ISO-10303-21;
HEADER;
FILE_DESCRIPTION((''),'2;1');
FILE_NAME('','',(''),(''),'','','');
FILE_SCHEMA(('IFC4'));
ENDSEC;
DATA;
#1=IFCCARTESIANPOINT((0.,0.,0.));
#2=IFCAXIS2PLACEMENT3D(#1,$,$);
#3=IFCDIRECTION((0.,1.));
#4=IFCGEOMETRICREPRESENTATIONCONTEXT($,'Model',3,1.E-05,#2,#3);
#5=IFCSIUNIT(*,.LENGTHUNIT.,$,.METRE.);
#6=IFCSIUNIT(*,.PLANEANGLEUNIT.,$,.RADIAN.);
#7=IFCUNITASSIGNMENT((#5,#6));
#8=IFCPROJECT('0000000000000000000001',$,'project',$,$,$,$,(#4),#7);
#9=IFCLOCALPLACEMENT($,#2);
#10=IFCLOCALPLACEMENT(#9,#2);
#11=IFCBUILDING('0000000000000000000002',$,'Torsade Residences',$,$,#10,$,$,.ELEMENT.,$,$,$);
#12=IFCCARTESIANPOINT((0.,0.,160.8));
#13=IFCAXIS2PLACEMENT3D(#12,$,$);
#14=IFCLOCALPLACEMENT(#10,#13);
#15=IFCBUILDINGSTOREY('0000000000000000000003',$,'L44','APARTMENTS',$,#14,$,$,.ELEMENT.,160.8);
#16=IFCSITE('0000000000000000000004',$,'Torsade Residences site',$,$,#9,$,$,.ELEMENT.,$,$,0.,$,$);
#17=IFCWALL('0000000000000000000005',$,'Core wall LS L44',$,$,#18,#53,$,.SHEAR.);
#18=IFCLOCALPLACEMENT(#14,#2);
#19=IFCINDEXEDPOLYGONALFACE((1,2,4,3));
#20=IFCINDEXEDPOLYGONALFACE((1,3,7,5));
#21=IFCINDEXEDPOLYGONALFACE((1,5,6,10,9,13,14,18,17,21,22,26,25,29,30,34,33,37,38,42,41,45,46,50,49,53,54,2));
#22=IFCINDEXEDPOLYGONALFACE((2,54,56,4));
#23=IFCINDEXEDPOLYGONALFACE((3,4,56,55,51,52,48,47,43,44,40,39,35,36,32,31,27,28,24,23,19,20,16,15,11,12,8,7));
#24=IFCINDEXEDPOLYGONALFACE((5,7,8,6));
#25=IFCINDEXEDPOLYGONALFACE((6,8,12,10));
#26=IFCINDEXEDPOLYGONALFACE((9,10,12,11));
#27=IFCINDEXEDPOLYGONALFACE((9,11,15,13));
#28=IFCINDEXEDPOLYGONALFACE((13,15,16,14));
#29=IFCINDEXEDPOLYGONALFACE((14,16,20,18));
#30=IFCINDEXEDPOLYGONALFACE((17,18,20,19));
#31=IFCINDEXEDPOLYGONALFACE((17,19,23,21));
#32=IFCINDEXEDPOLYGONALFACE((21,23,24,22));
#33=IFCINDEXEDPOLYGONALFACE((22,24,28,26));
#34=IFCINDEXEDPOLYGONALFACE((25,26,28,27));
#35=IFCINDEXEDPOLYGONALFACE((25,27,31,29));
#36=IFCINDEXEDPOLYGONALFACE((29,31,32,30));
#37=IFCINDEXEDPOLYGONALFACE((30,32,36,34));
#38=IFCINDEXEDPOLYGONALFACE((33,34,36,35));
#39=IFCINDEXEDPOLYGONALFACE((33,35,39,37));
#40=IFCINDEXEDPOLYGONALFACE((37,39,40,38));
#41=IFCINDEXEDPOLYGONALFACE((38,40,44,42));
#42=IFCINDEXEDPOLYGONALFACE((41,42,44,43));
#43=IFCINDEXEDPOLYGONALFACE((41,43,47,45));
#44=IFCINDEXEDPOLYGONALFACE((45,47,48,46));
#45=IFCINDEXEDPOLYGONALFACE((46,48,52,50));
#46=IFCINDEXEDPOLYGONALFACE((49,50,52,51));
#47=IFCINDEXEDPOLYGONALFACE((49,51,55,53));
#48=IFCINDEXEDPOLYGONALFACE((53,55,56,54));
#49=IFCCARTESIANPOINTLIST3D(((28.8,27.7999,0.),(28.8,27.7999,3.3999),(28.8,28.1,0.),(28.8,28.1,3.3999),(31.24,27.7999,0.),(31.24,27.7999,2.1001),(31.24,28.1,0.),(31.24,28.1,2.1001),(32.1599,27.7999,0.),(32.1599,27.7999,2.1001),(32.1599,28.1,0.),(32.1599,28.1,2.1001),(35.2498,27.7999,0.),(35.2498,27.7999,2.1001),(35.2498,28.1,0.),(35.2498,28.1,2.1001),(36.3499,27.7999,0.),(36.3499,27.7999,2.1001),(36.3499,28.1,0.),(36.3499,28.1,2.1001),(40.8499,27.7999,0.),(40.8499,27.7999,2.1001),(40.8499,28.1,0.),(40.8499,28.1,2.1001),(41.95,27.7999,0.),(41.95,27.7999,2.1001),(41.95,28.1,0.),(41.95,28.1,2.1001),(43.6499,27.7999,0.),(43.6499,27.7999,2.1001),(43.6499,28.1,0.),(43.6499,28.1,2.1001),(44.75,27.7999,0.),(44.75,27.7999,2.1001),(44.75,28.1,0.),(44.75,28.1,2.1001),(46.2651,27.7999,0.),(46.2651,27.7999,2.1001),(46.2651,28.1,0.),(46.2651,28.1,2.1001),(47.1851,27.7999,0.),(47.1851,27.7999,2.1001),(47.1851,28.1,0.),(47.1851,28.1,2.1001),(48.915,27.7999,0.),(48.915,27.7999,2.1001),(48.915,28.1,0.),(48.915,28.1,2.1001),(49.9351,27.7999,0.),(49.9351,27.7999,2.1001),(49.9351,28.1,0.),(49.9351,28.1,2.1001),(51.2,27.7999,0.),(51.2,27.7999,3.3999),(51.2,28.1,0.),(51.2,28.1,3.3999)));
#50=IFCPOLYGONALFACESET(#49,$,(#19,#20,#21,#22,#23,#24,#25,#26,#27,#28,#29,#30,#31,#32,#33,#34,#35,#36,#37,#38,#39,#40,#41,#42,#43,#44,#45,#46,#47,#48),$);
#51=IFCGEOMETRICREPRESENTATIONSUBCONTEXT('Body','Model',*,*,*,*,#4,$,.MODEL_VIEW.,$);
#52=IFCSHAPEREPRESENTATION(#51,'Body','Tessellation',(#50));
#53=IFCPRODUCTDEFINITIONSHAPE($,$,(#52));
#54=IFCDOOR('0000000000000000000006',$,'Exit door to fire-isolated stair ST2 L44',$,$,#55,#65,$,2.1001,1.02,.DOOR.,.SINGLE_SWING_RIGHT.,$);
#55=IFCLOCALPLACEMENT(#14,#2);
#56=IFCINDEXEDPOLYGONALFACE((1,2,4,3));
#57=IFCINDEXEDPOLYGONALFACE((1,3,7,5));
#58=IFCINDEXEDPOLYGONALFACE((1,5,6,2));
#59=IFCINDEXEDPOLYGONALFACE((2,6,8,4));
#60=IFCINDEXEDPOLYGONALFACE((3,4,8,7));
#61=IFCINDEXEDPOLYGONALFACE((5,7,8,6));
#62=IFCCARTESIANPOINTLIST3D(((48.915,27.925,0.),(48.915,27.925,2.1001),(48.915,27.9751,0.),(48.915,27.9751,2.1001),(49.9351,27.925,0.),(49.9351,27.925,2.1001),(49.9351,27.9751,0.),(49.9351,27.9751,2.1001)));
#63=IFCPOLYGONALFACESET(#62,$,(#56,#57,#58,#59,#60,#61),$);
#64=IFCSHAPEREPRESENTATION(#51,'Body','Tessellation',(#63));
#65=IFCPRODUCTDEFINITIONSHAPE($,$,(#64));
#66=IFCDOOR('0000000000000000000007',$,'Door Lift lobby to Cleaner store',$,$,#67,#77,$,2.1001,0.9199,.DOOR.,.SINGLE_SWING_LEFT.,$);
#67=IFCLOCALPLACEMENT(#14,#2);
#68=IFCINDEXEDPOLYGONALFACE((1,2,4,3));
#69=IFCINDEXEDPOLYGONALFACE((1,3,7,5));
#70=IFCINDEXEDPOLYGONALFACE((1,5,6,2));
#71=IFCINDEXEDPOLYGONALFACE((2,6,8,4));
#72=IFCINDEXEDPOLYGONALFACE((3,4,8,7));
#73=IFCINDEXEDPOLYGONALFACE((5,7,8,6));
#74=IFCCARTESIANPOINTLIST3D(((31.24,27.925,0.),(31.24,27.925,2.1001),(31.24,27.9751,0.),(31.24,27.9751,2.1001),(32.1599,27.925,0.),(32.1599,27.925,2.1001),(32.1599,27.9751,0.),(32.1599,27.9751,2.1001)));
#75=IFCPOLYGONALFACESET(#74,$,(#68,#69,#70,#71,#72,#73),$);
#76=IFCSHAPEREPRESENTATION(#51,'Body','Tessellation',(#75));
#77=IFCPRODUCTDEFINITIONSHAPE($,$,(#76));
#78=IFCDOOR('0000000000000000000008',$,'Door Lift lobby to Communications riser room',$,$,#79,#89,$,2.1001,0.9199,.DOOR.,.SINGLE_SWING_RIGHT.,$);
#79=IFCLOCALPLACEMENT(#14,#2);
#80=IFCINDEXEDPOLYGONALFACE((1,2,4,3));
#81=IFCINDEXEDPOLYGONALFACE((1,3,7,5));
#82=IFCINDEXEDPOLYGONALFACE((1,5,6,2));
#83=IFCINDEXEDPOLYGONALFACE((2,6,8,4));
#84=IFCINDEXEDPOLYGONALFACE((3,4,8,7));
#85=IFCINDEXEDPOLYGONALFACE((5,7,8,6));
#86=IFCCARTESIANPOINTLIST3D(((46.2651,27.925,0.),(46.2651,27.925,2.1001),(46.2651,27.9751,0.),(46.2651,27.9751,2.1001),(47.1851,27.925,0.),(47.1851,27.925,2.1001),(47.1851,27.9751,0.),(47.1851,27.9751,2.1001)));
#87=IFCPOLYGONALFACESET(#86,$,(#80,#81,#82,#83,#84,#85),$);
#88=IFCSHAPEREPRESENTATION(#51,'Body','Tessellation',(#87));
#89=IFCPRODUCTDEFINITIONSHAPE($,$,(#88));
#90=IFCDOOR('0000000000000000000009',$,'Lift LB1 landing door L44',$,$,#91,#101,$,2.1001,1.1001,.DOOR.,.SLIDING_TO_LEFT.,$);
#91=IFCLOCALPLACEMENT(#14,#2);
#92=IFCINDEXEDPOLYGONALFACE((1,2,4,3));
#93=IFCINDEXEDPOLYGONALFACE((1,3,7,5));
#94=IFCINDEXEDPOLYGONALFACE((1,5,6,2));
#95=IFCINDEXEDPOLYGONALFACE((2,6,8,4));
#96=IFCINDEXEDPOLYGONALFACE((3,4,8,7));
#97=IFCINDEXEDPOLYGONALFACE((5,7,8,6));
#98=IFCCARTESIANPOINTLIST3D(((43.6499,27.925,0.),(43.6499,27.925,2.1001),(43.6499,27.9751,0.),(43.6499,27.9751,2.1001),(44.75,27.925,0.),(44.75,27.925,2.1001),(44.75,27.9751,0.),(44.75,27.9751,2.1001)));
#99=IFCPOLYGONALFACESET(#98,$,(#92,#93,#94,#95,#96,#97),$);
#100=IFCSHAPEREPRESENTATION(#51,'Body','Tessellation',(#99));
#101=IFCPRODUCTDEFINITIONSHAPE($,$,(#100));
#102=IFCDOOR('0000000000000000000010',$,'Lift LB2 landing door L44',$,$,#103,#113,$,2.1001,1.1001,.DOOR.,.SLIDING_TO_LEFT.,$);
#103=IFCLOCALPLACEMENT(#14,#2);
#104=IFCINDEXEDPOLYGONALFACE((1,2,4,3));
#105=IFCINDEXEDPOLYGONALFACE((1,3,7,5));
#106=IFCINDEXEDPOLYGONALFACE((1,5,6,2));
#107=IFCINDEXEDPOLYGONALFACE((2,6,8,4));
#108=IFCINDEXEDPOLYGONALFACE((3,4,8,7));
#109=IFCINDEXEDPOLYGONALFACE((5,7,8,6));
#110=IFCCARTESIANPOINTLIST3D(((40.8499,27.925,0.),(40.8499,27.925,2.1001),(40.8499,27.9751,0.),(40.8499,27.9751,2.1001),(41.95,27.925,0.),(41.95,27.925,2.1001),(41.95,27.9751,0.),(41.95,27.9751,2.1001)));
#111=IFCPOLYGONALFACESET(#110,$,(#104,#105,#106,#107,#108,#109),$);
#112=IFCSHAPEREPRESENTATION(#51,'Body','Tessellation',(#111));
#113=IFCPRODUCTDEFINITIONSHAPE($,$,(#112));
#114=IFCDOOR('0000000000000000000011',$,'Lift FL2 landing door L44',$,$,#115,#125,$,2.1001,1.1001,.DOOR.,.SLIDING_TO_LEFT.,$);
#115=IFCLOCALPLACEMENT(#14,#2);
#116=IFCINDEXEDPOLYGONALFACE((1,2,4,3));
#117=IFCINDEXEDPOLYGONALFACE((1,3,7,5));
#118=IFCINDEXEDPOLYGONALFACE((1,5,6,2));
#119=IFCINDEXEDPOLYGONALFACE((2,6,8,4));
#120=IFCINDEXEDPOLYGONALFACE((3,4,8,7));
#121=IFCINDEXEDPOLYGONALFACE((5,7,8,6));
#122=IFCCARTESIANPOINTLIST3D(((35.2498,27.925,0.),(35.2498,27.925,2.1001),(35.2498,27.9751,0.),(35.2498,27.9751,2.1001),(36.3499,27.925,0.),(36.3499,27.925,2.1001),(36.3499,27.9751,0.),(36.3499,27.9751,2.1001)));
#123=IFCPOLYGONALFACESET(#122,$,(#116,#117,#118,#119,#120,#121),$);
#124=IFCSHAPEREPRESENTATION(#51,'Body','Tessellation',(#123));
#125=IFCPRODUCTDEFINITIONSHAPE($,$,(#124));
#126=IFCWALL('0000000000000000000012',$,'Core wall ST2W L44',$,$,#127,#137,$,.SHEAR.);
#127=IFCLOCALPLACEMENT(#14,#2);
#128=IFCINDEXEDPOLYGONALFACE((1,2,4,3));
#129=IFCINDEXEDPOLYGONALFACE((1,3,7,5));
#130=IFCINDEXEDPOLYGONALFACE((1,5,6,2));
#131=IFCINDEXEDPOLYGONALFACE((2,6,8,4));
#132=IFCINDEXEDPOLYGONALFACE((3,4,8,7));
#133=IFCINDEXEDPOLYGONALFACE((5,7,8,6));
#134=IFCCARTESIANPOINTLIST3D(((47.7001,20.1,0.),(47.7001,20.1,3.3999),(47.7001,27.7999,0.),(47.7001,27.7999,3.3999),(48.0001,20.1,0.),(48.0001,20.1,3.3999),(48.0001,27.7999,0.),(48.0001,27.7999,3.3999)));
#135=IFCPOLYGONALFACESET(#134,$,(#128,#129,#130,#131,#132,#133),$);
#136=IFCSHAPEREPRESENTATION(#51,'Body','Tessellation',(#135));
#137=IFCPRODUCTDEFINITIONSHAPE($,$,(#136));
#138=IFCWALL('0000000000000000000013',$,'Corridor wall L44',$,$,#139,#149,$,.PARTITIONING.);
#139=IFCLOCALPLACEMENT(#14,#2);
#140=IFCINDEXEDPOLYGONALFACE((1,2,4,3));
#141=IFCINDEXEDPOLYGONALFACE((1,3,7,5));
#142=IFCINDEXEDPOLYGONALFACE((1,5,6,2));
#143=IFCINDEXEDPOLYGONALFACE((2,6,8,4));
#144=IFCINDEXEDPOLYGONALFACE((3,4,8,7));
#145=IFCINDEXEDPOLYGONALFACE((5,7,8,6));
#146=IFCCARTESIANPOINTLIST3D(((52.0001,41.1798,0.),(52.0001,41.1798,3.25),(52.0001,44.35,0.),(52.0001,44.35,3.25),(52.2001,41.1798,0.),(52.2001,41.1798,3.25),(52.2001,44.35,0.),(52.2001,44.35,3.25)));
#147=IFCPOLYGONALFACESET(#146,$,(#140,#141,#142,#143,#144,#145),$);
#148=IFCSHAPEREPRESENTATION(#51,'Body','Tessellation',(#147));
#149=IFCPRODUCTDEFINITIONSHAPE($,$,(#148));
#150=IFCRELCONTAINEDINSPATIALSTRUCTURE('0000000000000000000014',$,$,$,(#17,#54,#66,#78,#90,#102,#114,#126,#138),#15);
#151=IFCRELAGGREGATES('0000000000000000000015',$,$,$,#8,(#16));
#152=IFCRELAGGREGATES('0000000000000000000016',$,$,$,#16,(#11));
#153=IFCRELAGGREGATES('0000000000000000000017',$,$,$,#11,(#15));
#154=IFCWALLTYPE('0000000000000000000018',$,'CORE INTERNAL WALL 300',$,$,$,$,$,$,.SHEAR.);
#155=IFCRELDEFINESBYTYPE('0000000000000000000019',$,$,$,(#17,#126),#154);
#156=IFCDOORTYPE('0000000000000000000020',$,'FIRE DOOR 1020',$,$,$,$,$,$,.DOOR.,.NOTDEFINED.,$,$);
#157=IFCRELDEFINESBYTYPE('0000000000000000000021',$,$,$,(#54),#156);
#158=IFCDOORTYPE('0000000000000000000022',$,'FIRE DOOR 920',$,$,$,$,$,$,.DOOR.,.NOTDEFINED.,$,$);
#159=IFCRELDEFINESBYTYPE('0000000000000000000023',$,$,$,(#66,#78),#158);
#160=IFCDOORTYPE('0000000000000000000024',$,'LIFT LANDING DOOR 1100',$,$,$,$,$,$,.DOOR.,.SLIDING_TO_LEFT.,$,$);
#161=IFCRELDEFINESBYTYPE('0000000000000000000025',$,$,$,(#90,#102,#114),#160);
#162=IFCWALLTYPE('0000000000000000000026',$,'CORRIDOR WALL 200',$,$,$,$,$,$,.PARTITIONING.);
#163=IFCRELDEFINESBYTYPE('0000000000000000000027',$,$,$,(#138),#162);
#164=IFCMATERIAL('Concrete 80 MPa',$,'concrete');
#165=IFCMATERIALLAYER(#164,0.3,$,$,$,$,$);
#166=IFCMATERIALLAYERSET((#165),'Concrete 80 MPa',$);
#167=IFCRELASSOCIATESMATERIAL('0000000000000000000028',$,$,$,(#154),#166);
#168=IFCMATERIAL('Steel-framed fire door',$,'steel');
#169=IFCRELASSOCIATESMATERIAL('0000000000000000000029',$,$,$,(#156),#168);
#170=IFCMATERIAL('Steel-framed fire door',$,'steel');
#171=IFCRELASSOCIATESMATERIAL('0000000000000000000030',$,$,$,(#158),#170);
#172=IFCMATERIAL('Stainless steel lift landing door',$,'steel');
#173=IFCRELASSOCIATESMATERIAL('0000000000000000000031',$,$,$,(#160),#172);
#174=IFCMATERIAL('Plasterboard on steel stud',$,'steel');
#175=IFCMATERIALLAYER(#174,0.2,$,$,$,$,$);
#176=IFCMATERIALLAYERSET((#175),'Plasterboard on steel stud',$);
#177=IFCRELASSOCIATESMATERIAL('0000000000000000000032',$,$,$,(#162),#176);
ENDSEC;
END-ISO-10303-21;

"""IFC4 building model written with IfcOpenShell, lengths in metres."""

from ifc_helpers import new_model, si_unit, direction, frame, frame_2d, origin, place, context, subcontext, project, spatial, rectangle, extrude, material, layer, layer_set, type_object, element, fill, save


model = new_model("IFC4")

# Units and contexts
model_context = context("Model", 3, precision=1e-05, world=origin(), true_north=direction((0.0, 1.0)))
body_context = subcontext(model_context, "Body", "Model", "MODEL_VIEW")
ifc_project = project(units=[si_unit("LENGTHUNIT", "METRE"), si_unit("PLANEANGLEUNIT", "RADIAN")], contexts=[model_context])

# Site, building, storey
site_placement = place(None, origin())
site = spatial("IfcSite", under=ifc_project, at=site_placement, Name="Torsade Residences site", CompositionType="ELEMENT", RefElevation=0.0)
building_placement = place(site_placement, origin())
building = spatial("IfcBuilding", under=site, at=building_placement, Name="Torsade Residences", CompositionType="ELEMENT")
storey_placement = place(building_placement, frame((0.0, 0.0, 160.8)))
storey = spatial("IfcBuildingStorey", under=building, at=storey_placement, Name="L44", Description="APARTMENTS", CompositionType="ELEMENT", Elevation=160.8)

# Wall, openings, doors
ifc_material_1 = material(Name="Concrete 80 MPa", Category="concrete")
ifc_layer_1 = layer(ifc_material_1, 0.3)
ifc_layer_set_1 = layer_set([ifc_layer_1], Name="Concrete 80 MPa")
wall_type_1 = type_object("IfcWallType", Name="CORE INTERNAL WALL 300", PredefinedType="SHEAR", material=ifc_layer_set_1)
wall_1_placement = place(storey_placement, frame((51.2, 27.95, 0.0), z_axis=(0.0, 0.0, 1.0), x_axis=(-1.0, 0.0, 0.0)))
wall_1 = element("IfcWall", 1, at=wall_1_placement, inside=storey, type_object=wall_type_1, Name="Core wall LS L44", PredefinedType="SHEAR", context=body_context, shape_type="SweptSolid", body=[
    extrude(rectangle(XDim=22.3999, YDim=0.3, at=frame_2d((11.2, 0.0))), origin(), (0.0, 0.0, 1.0), 3.3999),
])
opening_1_placement = place(wall_1_placement, frame((19.04, 0.0, 0.0)))
opening_1 = element("IfcOpeningElement", 2, at=opening_1_placement, cuts=wall_1, PredefinedType="OPENING", context=body_context, shape_type="SweptSolid", body=[
    extrude(rectangle(XDim=0.9199, YDim=2.1001, at=frame_2d((0.46, 1.05))), frame((0.0, 0.1599, 0.0), z_axis=(0.0, -1.0, 0.0), x_axis=(1.0, 0.0, 0.0)), (0.0, 0.0, 1.0), 0.3201),
])
opening_2_placement = place(wall_1_placement, frame((1.2649, 0.0, 0.0)))
opening_2 = element("IfcOpeningElement", 3, at=opening_2_placement, cuts=wall_1, PredefinedType="OPENING", context=body_context, shape_type="SweptSolid", body=[
    extrude(rectangle(XDim=1.02, YDim=2.1001, at=frame_2d((0.51, 1.05))), frame((0.0, 0.1599, 0.0), z_axis=(0.0, -1.0, 0.0), x_axis=(1.0, 0.0, 0.0)), (0.0, 0.0, 1.0), 0.3201),
])
opening_3_placement = place(wall_1_placement, frame((4.0149, 0.0, 0.0)))
opening_3 = element("IfcOpeningElement", 4, at=opening_3_placement, cuts=wall_1, PredefinedType="OPENING", context=body_context, shape_type="SweptSolid", body=[
    extrude(rectangle(XDim=0.9199, YDim=2.1001, at=frame_2d((0.46, 1.05))), frame((0.0, 0.1599, 0.0), z_axis=(0.0, -1.0, 0.0), x_axis=(1.0, 0.0, 0.0)), (0.0, 0.0, 1.0), 0.3201),
])
opening_4_placement = place(wall_1_placement, frame((6.45, 0.0, 0.0)))
opening_4 = element("IfcOpeningElement", 5, at=opening_4_placement, cuts=wall_1, PredefinedType="OPENING", context=body_context, shape_type="SweptSolid", body=[
    extrude(rectangle(XDim=1.1001, YDim=2.1001, at=frame_2d((0.55, 1.05))), frame((0.0, 0.1599, 0.0), z_axis=(0.0, -1.0, 0.0), x_axis=(1.0, 0.0, 0.0)), (0.0, 0.0, 1.0), 0.3201),
])
opening_5_placement = place(wall_1_placement, frame((9.25, 0.0, 0.0)))
opening_5 = element("IfcOpeningElement", 6, at=opening_5_placement, cuts=wall_1, PredefinedType="OPENING", context=body_context, shape_type="SweptSolid", body=[
    extrude(rectangle(XDim=1.1001, YDim=2.1001, at=frame_2d((0.55, 1.05))), frame((0.0, 0.1599, 0.0), z_axis=(0.0, -1.0, 0.0), x_axis=(1.0, 0.0, 0.0)), (0.0, 0.0, 1.0), 0.3201),
])
opening_6_placement = place(wall_1_placement, frame((14.8501, 0.0, 0.0)))
opening_6 = element("IfcOpeningElement", 7, at=opening_6_placement, cuts=wall_1, PredefinedType="OPENING", context=body_context, shape_type="SweptSolid", body=[
    extrude(rectangle(XDim=1.1001, YDim=2.1001, at=frame_2d((0.55, 1.05))), frame((0.0, 0.1599, 0.0), z_axis=(0.0, -1.0, 0.0), x_axis=(1.0, 0.0, 0.0)), (0.0, 0.0, 1.0), 0.3201),
])
ifc_material_2 = material(Name="Steel-framed fire door", Category="steel")
door_type_1 = type_object("IfcDoorType", Name="FIRE DOOR 1020", OperationType="NOTDEFINED", PredefinedType="DOOR", material=ifc_material_2)
door_1_placement = place(opening_2_placement, origin())
door_1 = element("IfcDoor", 8, at=door_1_placement, inside=storey, type_object=door_type_1, Name="Exit door to fire-isolated stair ST2 L44", OperationType="SINGLE_SWING_RIGHT", OverallHeight=2.1001, OverallWidth=1.02, PredefinedType="DOOR", context=body_context, shape_type="SweptSolid", body=[
    extrude(rectangle(XDim=1.02, YDim=2.1001, at=frame_2d((0.51, 1.05))), frame((0.0, 0.0249, 0.0), z_axis=(0.0, -1.0, 0.0), x_axis=(1.0, 0.0, 0.0)), (0.0, 0.0, 1.0), 0.05),
])
fill(opening_2, door_1)
ifc_material_3 = material(Name="Steel-framed fire door", Category="steel")
door_type_2 = type_object("IfcDoorType", Name="FIRE DOOR 920", OperationType="NOTDEFINED", PredefinedType="DOOR", material=ifc_material_3)
door_2_placement = place(opening_1_placement, origin())
door_2 = element("IfcDoor", 9, at=door_2_placement, inside=storey, type_object=door_type_2, Name="Door Lift lobby to Cleaner store", OperationType="SINGLE_SWING_LEFT", OverallHeight=2.1001, OverallWidth=0.9199, PredefinedType="DOOR", context=body_context, shape_type="SweptSolid", body=[
    extrude(rectangle(XDim=0.9199, YDim=2.1001, at=frame_2d((0.46, 1.05))), frame((0.0, 0.0249, 0.0), z_axis=(0.0, -1.0, 0.0), x_axis=(1.0, 0.0, 0.0)), (0.0, 0.0, 1.0), 0.05),
])
fill(opening_1, door_2)
door_3_placement = place(opening_3_placement, origin())
door_3 = element("IfcDoor", 10, at=door_3_placement, inside=storey, type_object=door_type_2, Name="Door Lift lobby to Communications riser room", OperationType="SINGLE_SWING_RIGHT", OverallHeight=2.1001, OverallWidth=0.9199, PredefinedType="DOOR", context=body_context, shape_type="SweptSolid", body=[
    extrude(rectangle(XDim=0.9199, YDim=2.1001, at=frame_2d((0.46, 1.05))), frame((0.0, 0.0249, 0.0), z_axis=(0.0, -1.0, 0.0), x_axis=(1.0, 0.0, 0.0)), (0.0, 0.0, 1.0), 0.05),
])
fill(opening_3, door_3)
ifc_material_4 = material(Name="Stainless steel lift landing door", Category="steel")
door_type_3 = type_object("IfcDoorType", Name="LIFT LANDING DOOR 1100", OperationType="SLIDING_TO_LEFT", PredefinedType="DOOR", material=ifc_material_4)
door_4_placement = place(opening_4_placement, origin())
door_4 = element("IfcDoor", 11, at=door_4_placement, inside=storey, type_object=door_type_3, Name="Lift LB1 landing door L44", OperationType="SLIDING_TO_LEFT", OverallHeight=2.1001, OverallWidth=1.1001, PredefinedType="DOOR", context=body_context, shape_type="SweptSolid", body=[
    extrude(rectangle(XDim=1.1001, YDim=2.1001, at=frame_2d((0.55, 1.05))), frame((0.0, 0.0249, 0.0), z_axis=(0.0, -1.0, 0.0), x_axis=(1.0, 0.0, 0.0)), (0.0, 0.0, 1.0), 0.05),
])
fill(opening_4, door_4)
door_5_placement = place(opening_5_placement, origin())
door_5 = element("IfcDoor", 12, at=door_5_placement, inside=storey, type_object=door_type_3, Name="Lift LB2 landing door L44", OperationType="SLIDING_TO_LEFT", OverallHeight=2.1001, OverallWidth=1.1001, PredefinedType="DOOR", context=body_context, shape_type="SweptSolid", body=[
    extrude(rectangle(XDim=1.1001, YDim=2.1001, at=frame_2d((0.55, 1.05))), frame((0.0, 0.0249, 0.0), z_axis=(0.0, -1.0, 0.0), x_axis=(1.0, 0.0, 0.0)), (0.0, 0.0, 1.0), 0.05),
])
fill(opening_5, door_5)
door_6_placement = place(opening_6_placement, origin())
door_6 = element("IfcDoor", 13, at=door_6_placement, inside=storey, type_object=door_type_3, Name="Lift FL2 landing door L44", OperationType="SLIDING_TO_LEFT", OverallHeight=2.1001, OverallWidth=1.1001, PredefinedType="DOOR", context=body_context, shape_type="SweptSolid", body=[
    extrude(rectangle(XDim=1.1001, YDim=2.1001, at=frame_2d((0.55, 1.05))), frame((0.0, 0.0249, 0.0), z_axis=(0.0, -1.0, 0.0), x_axis=(1.0, 0.0, 0.0)), (0.0, 0.0, 1.0), 0.05),
])
fill(opening_6, door_6)

# Walls
wall_2_placement = place(storey_placement, frame((47.8501, 27.8, 0.0), z_axis=(0.0, 0.0, 1.0), x_axis=(0.0, -1.0, 0.0)))
element("IfcWall", 14, at=wall_2_placement, inside=storey, type_object=wall_type_1, Name="Core wall ST2W L44", PredefinedType="SHEAR", context=body_context, shape_type="SweptSolid", body=[
    extrude(rectangle(XDim=7.7, YDim=0.3, at=frame_2d((3.8501, 0.0))), origin(), (0.0, 0.0, 1.0), 3.3999),
])
ifc_material_5 = material(Name="Plasterboard on steel stud", Category="steel")
ifc_layer_2 = layer(ifc_material_5, 0.2)
ifc_layer_set_2 = layer_set([ifc_layer_2], Name="Plasterboard on steel stud")
wall_type_2 = type_object("IfcWallType", Name="CORRIDOR WALL 200", PredefinedType="PARTITIONING", material=ifc_layer_set_2)
wall_3_placement = place(storey_placement, frame((52.1001, 41.1799, 0.0), z_axis=(0.0, 0.0, 1.0), x_axis=(0.0, 1.0, 0.0)))
element("IfcWall", 15, at=wall_3_placement, inside=storey, type_object=wall_type_2, Name="Corridor wall L44", PredefinedType="PARTITIONING", context=body_context, shape_type="SweptSolid", body=[
    extrude(rectangle(XDim=3.1702, YDim=0.2, at=frame_2d((1.585, 0.0))), origin(), (0.0, 0.0, 1.0), 3.25),
])

save(model, "model.ifc")
